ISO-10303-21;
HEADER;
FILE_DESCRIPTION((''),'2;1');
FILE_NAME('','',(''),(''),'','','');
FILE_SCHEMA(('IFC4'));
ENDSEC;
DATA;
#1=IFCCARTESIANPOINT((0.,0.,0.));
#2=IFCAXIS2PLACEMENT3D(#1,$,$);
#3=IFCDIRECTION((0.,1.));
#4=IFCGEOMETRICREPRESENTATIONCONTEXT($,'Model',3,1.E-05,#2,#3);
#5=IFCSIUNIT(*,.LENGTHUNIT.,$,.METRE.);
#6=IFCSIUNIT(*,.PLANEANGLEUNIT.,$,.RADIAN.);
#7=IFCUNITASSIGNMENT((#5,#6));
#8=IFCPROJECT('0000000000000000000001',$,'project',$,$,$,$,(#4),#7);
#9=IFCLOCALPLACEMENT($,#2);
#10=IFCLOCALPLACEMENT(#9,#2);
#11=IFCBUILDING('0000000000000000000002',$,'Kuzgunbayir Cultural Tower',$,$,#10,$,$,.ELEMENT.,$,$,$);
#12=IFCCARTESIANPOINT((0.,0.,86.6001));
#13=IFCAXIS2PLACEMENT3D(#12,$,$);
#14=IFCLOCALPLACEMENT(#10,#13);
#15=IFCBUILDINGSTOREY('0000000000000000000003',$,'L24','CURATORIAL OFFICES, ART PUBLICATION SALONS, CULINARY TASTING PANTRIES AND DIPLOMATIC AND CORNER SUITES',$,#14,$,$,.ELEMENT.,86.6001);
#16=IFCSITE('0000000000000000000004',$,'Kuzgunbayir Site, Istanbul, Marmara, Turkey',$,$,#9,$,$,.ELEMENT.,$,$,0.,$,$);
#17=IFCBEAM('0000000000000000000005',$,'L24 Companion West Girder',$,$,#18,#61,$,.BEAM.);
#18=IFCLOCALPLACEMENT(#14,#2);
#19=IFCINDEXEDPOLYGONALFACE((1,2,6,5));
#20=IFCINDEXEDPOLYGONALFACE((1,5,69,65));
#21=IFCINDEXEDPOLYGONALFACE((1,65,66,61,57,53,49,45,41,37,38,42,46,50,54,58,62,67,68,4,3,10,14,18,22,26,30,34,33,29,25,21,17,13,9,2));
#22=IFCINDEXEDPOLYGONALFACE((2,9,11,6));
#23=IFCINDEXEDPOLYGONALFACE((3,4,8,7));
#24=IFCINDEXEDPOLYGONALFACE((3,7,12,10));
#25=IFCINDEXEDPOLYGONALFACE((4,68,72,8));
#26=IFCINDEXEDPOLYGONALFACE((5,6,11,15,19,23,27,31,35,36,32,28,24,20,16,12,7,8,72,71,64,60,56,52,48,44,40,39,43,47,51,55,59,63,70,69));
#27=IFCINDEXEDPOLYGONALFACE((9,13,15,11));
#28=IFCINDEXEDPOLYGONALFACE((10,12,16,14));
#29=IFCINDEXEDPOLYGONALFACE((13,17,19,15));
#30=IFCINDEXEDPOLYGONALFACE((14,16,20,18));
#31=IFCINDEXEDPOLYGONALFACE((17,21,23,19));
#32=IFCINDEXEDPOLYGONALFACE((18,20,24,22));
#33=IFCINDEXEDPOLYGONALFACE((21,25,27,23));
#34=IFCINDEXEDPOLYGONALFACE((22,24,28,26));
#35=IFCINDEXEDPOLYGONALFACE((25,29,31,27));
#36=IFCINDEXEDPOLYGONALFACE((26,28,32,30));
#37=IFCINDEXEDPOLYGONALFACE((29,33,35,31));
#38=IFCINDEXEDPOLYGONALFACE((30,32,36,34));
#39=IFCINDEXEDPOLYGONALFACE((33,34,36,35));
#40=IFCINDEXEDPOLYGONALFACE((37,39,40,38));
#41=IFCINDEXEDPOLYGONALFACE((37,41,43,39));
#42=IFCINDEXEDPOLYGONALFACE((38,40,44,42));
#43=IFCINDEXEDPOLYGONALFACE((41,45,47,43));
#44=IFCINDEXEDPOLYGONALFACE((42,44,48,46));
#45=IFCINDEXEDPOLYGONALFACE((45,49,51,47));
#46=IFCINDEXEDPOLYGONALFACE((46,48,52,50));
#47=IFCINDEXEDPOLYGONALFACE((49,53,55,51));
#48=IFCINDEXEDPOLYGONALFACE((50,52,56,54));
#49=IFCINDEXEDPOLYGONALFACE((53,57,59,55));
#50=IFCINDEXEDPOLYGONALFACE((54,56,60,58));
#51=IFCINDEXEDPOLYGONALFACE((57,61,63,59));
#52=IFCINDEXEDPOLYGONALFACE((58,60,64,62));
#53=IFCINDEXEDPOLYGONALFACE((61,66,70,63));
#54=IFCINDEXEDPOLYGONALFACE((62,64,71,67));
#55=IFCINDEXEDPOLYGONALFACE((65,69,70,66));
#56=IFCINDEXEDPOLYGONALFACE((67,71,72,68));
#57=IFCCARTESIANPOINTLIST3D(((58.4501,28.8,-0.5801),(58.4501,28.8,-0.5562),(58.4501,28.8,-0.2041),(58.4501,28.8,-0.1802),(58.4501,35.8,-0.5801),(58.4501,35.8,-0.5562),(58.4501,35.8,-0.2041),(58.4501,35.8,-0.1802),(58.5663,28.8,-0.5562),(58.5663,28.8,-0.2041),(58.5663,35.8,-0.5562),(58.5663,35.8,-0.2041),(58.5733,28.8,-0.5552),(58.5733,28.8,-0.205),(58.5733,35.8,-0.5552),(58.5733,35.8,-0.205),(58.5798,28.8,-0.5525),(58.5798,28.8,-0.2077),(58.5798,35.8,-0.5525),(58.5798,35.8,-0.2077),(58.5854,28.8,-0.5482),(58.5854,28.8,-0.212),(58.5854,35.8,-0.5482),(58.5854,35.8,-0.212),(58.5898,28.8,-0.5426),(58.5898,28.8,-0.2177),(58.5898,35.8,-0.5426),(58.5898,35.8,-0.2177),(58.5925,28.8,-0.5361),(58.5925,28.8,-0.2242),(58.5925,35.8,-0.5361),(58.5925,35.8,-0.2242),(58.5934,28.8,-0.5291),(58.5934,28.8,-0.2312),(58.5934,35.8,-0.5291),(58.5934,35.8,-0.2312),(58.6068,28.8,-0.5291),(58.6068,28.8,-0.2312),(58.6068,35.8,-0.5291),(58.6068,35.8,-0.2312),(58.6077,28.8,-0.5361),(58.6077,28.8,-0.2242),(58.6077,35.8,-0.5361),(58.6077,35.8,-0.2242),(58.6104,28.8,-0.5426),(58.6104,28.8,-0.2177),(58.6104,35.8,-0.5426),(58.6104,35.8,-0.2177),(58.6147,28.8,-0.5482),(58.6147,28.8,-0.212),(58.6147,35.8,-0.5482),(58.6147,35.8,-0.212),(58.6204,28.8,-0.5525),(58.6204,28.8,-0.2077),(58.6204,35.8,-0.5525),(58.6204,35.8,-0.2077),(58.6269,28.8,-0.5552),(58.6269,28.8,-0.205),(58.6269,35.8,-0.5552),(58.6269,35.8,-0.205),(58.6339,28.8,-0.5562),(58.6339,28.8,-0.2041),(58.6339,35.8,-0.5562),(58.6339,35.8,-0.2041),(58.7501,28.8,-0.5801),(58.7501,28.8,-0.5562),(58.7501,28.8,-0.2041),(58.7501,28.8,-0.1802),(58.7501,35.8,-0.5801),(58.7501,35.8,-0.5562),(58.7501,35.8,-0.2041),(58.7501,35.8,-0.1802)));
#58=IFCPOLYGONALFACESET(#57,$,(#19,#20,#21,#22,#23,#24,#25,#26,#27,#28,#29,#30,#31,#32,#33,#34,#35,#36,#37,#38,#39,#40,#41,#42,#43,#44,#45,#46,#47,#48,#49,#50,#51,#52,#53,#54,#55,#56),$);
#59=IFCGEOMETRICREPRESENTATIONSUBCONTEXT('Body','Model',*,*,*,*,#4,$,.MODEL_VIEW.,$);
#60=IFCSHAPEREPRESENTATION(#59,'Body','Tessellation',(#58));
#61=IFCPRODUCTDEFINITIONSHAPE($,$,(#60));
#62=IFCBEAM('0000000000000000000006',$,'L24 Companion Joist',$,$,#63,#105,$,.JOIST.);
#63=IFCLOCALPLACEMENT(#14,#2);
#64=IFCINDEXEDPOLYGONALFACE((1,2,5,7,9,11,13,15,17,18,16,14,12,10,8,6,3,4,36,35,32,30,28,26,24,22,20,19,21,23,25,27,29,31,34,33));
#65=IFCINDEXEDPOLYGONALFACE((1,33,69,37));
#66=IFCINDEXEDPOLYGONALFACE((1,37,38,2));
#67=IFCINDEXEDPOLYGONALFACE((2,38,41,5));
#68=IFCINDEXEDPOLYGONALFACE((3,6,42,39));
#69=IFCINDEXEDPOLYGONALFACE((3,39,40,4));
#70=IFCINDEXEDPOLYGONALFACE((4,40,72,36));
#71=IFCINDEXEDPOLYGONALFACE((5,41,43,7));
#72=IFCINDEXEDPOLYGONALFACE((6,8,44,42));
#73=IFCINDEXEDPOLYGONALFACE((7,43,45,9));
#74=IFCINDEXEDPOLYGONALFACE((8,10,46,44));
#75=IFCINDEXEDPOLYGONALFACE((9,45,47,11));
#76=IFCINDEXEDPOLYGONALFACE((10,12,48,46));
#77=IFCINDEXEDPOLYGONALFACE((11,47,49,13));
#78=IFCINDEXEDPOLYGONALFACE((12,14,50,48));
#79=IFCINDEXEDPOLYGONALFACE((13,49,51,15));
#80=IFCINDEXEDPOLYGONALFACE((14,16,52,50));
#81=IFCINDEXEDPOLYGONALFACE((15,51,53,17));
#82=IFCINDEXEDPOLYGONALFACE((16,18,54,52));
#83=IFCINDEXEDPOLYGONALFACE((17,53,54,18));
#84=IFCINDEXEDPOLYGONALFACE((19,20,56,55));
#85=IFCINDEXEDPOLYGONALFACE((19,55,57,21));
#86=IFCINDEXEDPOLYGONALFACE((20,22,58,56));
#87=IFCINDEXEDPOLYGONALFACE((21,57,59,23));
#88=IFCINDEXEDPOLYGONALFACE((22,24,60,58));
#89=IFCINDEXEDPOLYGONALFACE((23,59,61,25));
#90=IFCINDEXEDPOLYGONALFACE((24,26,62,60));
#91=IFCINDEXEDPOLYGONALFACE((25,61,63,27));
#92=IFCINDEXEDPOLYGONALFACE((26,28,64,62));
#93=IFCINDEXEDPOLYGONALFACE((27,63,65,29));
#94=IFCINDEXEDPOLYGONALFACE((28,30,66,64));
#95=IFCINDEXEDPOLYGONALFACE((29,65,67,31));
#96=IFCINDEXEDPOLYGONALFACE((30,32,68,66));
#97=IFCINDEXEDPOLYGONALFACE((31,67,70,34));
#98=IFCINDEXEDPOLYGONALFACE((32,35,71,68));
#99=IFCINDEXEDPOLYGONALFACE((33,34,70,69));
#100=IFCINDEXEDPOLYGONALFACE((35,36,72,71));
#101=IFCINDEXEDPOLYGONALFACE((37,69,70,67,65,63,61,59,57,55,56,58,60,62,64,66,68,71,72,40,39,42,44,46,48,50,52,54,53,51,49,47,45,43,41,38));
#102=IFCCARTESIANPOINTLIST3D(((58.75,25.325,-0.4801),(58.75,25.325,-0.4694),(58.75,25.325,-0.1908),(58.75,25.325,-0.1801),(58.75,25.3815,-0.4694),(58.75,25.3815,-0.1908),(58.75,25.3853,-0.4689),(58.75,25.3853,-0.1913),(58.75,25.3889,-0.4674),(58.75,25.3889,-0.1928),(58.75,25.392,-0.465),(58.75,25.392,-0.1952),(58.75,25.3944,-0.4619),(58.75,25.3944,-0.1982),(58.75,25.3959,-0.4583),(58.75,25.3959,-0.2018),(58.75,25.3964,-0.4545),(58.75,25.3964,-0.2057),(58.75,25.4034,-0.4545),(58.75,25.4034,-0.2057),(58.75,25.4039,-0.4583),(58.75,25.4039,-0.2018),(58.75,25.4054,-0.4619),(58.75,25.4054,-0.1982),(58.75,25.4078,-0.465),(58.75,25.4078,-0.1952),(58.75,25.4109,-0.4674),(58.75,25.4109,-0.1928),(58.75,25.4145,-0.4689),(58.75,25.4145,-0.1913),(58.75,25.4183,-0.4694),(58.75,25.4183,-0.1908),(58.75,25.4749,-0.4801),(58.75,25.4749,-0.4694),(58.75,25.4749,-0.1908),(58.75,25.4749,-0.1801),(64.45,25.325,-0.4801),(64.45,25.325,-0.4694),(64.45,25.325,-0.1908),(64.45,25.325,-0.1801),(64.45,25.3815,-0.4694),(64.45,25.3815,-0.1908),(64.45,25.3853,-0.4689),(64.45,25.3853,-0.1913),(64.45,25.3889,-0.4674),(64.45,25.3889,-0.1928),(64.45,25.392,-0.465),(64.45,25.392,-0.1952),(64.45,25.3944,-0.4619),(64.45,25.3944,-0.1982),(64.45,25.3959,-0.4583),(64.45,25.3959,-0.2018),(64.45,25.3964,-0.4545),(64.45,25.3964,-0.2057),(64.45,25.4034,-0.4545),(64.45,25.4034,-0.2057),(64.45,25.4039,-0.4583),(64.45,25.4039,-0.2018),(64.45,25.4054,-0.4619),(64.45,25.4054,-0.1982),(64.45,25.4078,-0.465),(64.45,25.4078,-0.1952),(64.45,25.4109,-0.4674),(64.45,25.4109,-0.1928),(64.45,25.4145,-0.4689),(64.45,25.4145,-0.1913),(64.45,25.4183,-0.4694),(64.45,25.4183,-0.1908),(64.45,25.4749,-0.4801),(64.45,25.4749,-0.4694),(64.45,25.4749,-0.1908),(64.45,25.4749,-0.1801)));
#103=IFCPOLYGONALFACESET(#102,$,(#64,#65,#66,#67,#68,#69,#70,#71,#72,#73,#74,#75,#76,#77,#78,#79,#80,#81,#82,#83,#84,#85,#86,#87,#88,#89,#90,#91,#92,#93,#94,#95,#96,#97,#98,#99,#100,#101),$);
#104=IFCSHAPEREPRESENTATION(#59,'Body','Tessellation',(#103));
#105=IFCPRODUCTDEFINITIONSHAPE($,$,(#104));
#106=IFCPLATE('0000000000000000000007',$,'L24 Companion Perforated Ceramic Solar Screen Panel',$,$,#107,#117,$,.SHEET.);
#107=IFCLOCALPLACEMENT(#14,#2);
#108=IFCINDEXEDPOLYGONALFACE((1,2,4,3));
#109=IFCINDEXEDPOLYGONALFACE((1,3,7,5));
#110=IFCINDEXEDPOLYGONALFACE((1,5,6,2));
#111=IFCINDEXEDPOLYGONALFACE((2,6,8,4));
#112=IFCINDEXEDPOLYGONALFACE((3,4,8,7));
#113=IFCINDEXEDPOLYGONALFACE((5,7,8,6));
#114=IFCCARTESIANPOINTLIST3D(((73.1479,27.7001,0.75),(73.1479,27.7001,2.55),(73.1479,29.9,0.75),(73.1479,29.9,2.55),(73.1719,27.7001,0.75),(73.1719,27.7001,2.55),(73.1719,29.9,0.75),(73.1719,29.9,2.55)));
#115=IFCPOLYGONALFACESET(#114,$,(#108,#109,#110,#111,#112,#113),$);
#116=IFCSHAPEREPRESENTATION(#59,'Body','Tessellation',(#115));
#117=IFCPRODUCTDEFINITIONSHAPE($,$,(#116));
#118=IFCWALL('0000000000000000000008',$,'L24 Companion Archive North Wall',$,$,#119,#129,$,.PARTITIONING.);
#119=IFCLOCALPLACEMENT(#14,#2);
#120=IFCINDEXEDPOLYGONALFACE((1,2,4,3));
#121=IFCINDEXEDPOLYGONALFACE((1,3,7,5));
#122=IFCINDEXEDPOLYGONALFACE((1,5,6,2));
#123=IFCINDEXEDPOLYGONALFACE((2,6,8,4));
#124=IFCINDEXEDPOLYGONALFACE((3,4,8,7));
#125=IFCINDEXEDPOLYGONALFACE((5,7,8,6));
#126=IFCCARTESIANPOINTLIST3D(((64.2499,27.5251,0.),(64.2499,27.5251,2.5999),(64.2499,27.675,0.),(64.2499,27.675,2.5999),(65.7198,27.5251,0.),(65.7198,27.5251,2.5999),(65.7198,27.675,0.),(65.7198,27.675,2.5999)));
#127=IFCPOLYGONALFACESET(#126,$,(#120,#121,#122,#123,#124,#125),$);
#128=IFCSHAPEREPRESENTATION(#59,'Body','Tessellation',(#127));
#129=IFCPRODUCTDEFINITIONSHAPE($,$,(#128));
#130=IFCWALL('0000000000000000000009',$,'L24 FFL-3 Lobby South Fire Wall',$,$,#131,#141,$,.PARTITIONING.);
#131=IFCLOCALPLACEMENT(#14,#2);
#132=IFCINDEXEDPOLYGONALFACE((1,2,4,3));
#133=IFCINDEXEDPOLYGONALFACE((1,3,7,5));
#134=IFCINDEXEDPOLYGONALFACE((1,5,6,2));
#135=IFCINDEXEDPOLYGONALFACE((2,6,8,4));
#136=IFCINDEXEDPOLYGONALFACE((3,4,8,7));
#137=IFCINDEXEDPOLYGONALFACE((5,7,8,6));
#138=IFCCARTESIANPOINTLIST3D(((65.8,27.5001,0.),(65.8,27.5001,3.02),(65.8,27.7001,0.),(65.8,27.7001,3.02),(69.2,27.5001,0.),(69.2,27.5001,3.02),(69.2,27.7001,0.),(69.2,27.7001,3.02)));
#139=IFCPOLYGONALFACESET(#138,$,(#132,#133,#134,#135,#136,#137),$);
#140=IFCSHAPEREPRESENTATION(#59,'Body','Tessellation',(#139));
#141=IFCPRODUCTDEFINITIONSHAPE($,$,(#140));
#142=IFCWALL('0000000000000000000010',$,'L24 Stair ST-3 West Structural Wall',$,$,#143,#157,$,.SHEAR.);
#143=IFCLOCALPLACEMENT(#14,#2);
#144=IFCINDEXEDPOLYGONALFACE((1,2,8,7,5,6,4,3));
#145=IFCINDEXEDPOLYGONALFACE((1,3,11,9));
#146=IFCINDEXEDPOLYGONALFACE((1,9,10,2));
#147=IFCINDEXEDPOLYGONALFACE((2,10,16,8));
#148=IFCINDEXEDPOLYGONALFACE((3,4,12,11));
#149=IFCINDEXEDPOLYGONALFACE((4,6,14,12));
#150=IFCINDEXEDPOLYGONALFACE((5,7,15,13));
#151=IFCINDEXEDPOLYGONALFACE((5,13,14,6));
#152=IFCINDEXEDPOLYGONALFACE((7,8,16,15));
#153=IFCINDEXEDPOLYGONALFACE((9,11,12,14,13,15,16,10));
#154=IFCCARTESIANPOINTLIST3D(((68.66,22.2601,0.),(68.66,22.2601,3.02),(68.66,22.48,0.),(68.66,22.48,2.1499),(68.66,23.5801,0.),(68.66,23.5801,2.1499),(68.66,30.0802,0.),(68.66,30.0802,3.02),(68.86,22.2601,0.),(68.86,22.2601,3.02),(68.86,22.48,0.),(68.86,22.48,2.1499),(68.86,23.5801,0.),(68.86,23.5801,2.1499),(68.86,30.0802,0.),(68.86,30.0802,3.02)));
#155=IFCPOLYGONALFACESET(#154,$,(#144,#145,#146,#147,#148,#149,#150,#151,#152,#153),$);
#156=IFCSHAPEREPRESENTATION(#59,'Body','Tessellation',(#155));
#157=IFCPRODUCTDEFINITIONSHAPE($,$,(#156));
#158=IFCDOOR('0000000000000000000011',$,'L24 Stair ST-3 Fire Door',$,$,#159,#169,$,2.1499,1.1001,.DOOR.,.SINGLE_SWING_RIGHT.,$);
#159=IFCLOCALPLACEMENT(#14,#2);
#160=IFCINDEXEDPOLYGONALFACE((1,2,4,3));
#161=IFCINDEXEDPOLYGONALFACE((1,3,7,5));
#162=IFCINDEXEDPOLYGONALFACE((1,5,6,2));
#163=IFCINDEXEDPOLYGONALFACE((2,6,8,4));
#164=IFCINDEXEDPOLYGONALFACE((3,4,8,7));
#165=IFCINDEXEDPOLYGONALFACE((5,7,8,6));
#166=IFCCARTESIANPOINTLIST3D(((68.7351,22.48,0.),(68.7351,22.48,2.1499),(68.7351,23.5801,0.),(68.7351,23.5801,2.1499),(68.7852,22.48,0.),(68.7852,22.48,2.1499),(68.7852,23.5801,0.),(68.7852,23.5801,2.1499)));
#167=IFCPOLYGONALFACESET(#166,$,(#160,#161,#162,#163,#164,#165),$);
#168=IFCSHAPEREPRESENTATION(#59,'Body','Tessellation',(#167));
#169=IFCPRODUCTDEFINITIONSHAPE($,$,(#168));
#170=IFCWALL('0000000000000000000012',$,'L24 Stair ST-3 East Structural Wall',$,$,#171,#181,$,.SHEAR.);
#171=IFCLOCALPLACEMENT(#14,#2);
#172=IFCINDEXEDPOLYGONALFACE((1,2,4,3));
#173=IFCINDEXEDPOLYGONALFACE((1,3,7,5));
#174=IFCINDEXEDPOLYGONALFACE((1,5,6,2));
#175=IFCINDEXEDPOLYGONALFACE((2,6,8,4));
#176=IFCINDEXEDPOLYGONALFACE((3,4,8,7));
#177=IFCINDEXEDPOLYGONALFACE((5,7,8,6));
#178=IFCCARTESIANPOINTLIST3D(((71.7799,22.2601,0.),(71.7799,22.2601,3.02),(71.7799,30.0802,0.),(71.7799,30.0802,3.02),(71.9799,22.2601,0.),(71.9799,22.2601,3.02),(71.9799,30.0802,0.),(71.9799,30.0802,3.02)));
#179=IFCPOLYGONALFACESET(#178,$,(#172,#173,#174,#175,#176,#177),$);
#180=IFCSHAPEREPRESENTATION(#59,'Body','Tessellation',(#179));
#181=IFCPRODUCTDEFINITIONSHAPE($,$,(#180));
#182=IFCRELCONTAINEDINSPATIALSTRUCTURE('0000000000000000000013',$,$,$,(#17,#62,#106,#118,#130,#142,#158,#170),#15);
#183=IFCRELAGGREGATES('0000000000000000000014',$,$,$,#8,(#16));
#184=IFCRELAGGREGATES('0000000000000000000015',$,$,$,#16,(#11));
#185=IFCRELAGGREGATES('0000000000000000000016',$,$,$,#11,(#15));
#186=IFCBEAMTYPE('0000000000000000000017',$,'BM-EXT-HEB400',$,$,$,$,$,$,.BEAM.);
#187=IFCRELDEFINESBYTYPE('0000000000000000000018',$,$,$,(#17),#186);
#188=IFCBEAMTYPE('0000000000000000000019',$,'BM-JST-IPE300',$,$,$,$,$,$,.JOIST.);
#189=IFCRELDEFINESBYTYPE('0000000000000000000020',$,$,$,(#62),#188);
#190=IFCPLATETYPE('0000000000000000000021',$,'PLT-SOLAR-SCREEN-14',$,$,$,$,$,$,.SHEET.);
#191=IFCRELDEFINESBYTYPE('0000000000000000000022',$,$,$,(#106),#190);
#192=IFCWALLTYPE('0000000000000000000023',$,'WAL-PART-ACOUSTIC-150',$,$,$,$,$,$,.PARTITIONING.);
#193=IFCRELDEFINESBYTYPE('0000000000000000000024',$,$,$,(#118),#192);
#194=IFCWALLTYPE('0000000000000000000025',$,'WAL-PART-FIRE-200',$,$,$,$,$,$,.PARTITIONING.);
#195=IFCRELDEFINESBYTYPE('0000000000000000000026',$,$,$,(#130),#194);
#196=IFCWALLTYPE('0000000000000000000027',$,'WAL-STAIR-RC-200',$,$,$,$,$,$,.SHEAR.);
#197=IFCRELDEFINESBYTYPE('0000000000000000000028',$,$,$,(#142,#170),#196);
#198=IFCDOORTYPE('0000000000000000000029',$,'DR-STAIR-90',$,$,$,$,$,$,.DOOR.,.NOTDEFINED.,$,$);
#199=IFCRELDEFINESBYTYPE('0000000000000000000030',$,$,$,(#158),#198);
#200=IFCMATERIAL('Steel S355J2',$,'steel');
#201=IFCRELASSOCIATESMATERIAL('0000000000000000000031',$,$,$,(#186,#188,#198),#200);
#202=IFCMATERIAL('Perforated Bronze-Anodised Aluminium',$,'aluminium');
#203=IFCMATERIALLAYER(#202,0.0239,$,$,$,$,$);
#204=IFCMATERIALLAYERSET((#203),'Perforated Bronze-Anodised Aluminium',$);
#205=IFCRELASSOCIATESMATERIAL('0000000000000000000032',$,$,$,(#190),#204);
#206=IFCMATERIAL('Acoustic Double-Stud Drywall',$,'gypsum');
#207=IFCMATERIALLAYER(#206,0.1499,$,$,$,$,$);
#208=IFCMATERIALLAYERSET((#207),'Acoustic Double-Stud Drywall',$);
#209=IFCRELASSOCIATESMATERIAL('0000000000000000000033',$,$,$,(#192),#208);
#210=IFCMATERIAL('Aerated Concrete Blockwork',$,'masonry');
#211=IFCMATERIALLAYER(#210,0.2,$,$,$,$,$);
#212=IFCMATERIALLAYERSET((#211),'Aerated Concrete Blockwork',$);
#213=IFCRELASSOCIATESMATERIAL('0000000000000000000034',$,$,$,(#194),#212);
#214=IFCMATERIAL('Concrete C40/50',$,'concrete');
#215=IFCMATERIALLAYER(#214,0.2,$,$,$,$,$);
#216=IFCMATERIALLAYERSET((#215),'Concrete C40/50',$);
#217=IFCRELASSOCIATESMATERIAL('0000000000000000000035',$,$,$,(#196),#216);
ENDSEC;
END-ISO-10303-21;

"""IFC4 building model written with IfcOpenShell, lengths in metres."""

from ifc_helpers import new_model, si_unit, direction, frame, frame_2d, origin, origin_2d, place, context, subcontext, project, spatial, rectangle, i_section, extrude, material, layer, layer_set, material_profile, profile_set, type_object, element, fill, save


model = new_model("IFC4")

# Units and contexts
model_context = context("Model", 3, precision=1e-05, world=origin(), true_north=direction((0.0, 1.0)))
body_context = subcontext(model_context, "Body", "Model", "MODEL_VIEW")
ifc_project = project(units=[si_unit("LENGTHUNIT", "METRE"), si_unit("PLANEANGLEUNIT", "RADIAN")], contexts=[model_context])

# Site, building, storey
site_placement = place(None, origin())
site = spatial("IfcSite", under=ifc_project, at=site_placement, Name="Kuzgunbayir Site, Istanbul, Marmara, Turkey", CompositionType="ELEMENT", RefElevation=0.0)
building_placement = place(site_placement, origin())
building = spatial("IfcBuilding", under=site, at=building_placement, Name="Kuzgunbayir Cultural Tower", CompositionType="ELEMENT")
storey_placement = place(building_placement, frame((0.0, 0.0, 86.6001)))
storey = spatial("IfcBuildingStorey", under=building, at=storey_placement, Name="L24", Description="CURATORIAL OFFICES, ART PUBLICATION SALONS, CULINARY TASTING PANTRIES AND DIPLOMATIC AND CORNER SUITES", CompositionType="ELEMENT", Elevation=86.6001)

# Beams
ifc_material_1 = material(Name="Steel S355J2", Category="steel")
ifc_material_profile_1 = material_profile(ifc_material_1, i_section(OverallWidth=0.3, OverallDepth=0.3999, WebThickness=0.0134, FlangeThickness=0.0239, FilletRadius=0.0271, at=origin_2d()), Name="HEB 400")
ifc_profile_set_1 = profile_set([ifc_material_profile_1], Name="Steel S355J2")
beam_type_1 = type_object("IfcBeamType", Name="BM-EXT-HEB400", PredefinedType="BEAM", material=ifc_profile_set_1)
beam_1_placement = place(storey_placement, frame((58.6001, 28.8, -0.3801), z_axis=(0.0, 1.0, 0.0), x_axis=(-1.0, 0.0, 0.0)))
element("IfcBeam", 1, at=beam_1_placement, inside=storey, type_object=beam_type_1, Name="L24 Companion West Girder", PredefinedType="BEAM", context=body_context, shape_type="SweptSolid", body=[
    extrude(i_section(OverallWidth=0.3, OverallDepth=0.3999, WebThickness=0.0134, FlangeThickness=0.0239, FilletRadius=0.0271, at=origin_2d()), origin(), (0.0, 0.0, 1.0), 7.0),
])
ifc_material_profile_2 = material_profile(ifc_material_1, i_section(OverallWidth=0.1499, OverallDepth=0.3, WebThickness=0.0071, FlangeThickness=0.0107, FilletRadius=0.0149, at=origin_2d()), Name="IPE 300")
ifc_profile_set_2 = profile_set([ifc_material_profile_2], Name="Steel S355J2")
beam_type_2 = type_object("IfcBeamType", Name="BM-JST-IPE300", PredefinedType="JOIST", material=ifc_profile_set_2)
beam_2_placement = place(storey_placement, frame((58.75, 25.3999, -0.3301), z_axis=(1.0, 0.0, 0.0), x_axis=(0.0, 1.0, 0.0)))
element("IfcBeam", 2, at=beam_2_placement, inside=storey, type_object=beam_type_2, Name="L24 Companion Joist", PredefinedType="JOIST", context=body_context, shape_type="SweptSolid", body=[
    extrude(i_section(OverallWidth=0.1499, OverallDepth=0.3, WebThickness=0.0071, FlangeThickness=0.0107, FilletRadius=0.0149, at=origin_2d()), origin(), (0.0, 0.0, 1.0), 5.7),
])

# Plate
ifc_material_2 = material(Name="Perforated Bronze-Anodised Aluminium", Category="aluminium")
ifc_layer_1 = layer(ifc_material_2, 0.0239)
ifc_layer_set_1 = layer_set([ifc_layer_1], Name="Perforated Bronze-Anodised Aluminium")
plate_type = type_object("IfcPlateType", Name="PLT-SOLAR-SCREEN-14", PredefinedType="SHEET", material=ifc_layer_set_1)
plate_placement = place(storey_placement, frame((73.1599, 28.8, 0.75), z_axis=(0.0, 0.0, 1.0), x_axis=(1.0, 0.0, 0.0)))
element("IfcPlate", 3, at=plate_placement, inside=storey, type_object=plate_type, Name="L24 Companion Perforated Ceramic Solar Screen Panel", PredefinedType="SHEET", context=body_context, shape_type="SweptSolid", body=[
    extrude(rectangle(XDim=0.0239, YDim=2.2, at=origin_2d()), origin(), (0.0, 0.0, 1.0), 1.8),
])

# Wall
ifc_material_3 = material(Name="Acoustic Double-Stud Drywall", Category="gypsum")
ifc_layer_2 = layer(ifc_material_3, 0.1499)
ifc_layer_set_2 = layer_set([ifc_layer_2], Name="Acoustic Double-Stud Drywall")
wall_type_1 = type_object("IfcWallType", Name="WAL-PART-ACOUSTIC-150", PredefinedType="PARTITIONING", material=ifc_layer_set_2)
wall_1_placement = place(storey_placement, frame((64.25, 27.6001, 0.0), z_axis=(0.0, 0.0, 1.0), x_axis=(1.0, 0.0, 0.0)))
element("IfcWall", 4, at=wall_1_placement, inside=storey, type_object=wall_type_1, Name="L24 Companion Archive North Wall", PredefinedType="PARTITIONING", context=body_context, shape_type="SweptSolid", body=[
    extrude(rectangle(XDim=1.47, YDim=0.1499, at=frame_2d((0.7349, 0.0))), origin(), (0.0, 0.0, 1.0), 2.5999),
])

# Shared definitions
ifc_material_4 = material(Name="Aerated Concrete Blockwork", Category="masonry")
ifc_layer_3 = layer(ifc_material_4, 0.2)
ifc_layer_set_3 = layer_set([ifc_layer_3], Name="Aerated Concrete Blockwork")
wall_type_2 = type_object("IfcWallType", Name="WAL-PART-FIRE-200", PredefinedType="PARTITIONING", material=ifc_layer_set_3)

# Wall
wall_2_placement = place(storey_placement, frame((65.8, 27.6001, 0.0), z_axis=(0.0, 0.0, 1.0), x_axis=(1.0, 0.0, 0.0)))
element("IfcWall", 5, at=wall_2_placement, inside=storey, type_object=wall_type_2, Name="L24 FFL-3 Lobby South Fire Wall", PredefinedType="PARTITIONING", context=body_context, shape_type="SweptSolid", body=[
    extrude(rectangle(XDim=3.3999, YDim=0.2, at=frame_2d((1.7, 0.0))), origin(), (0.0, 0.0, 1.0), 3.02),
])

# Wall, opening, door
ifc_material_5 = material(Name="Concrete C40/50", Category="concrete")
ifc_layer_4 = layer(ifc_material_5, 0.2)
ifc_layer_set_4 = layer_set([ifc_layer_4], Name="Concrete C40/50")
wall_type_3 = type_object("IfcWallType", Name="WAL-STAIR-RC-200", PredefinedType="SHEAR", material=ifc_layer_set_4)
wall_3_placement = place(storey_placement, frame((68.76, 22.26, 0.0), z_axis=(0.0, 0.0, 1.0), x_axis=(0.0, 1.0, 0.0)))
wall_3 = element("IfcWall", 6, at=wall_3_placement, inside=storey, type_object=wall_type_3, Name="L24 Stair ST-3 West Structural Wall", PredefinedType="SHEAR", context=body_context, shape_type="SweptSolid", body=[
    extrude(rectangle(XDim=7.8201, YDim=0.2, at=frame_2d((3.9102, 0.0))), origin(), (0.0, 0.0, 1.0), 3.02),
])
opening_1_placement = place(wall_3_placement, frame((0.22, 0.0, 0.0)))
opening_1 = element("IfcOpeningElement", 7, at=opening_1_placement, cuts=wall_3, PredefinedType="OPENING", context=body_context, shape_type="SweptSolid", body=[
    extrude(rectangle(XDim=1.1001, YDim=2.1499, at=frame_2d((0.55, 1.075))), frame((0.0, 0.1099, 0.0), z_axis=(0.0, -1.0, 0.0), x_axis=(1.0, 0.0, 0.0)), (0.0, 0.0, 1.0), 0.22),
])
door_type_1 = type_object("IfcDoorType", Name="DR-STAIR-90", OperationType="NOTDEFINED", PredefinedType="DOOR", material=ifc_material_1)
door_1_placement = place(opening_1_placement, origin())
door_1 = element("IfcDoor", 8, at=door_1_placement, inside=storey, type_object=door_type_1, Name="L24 Stair ST-3 Fire Door", OperationType="SINGLE_SWING_RIGHT", OverallHeight=2.1499, OverallWidth=1.1001, PredefinedType="DOOR", context=body_context, shape_type="SweptSolid", body=[
    extrude(rectangle(XDim=1.1001, YDim=2.1499, at=frame_2d((0.55, 1.075))), frame((0.0, 0.0249, 0.0), z_axis=(0.0, -1.0, 0.0), x_axis=(1.0, 0.0, 0.0)), (0.0, 0.0, 1.0), 0.05),
])
fill(opening_1, door_1)

# Wall
wall_4_placement = place(storey_placement, frame((71.8799, 22.26, 0.0), z_axis=(0.0, 0.0, 1.0), x_axis=(0.0, 1.0, 0.0)))
element("IfcWall", 9, at=wall_4_placement, inside=storey, type_object=wall_type_3, Name="L24 Stair ST-3 East Structural Wall", PredefinedType="SHEAR", context=body_context, shape_type="SweptSolid", body=[
    extrude(rectangle(XDim=7.8201, YDim=0.2, at=frame_2d((3.9102, 0.0))), origin(), (0.0, 0.0, 1.0), 3.02),
])

save(model, "model.ifc")
